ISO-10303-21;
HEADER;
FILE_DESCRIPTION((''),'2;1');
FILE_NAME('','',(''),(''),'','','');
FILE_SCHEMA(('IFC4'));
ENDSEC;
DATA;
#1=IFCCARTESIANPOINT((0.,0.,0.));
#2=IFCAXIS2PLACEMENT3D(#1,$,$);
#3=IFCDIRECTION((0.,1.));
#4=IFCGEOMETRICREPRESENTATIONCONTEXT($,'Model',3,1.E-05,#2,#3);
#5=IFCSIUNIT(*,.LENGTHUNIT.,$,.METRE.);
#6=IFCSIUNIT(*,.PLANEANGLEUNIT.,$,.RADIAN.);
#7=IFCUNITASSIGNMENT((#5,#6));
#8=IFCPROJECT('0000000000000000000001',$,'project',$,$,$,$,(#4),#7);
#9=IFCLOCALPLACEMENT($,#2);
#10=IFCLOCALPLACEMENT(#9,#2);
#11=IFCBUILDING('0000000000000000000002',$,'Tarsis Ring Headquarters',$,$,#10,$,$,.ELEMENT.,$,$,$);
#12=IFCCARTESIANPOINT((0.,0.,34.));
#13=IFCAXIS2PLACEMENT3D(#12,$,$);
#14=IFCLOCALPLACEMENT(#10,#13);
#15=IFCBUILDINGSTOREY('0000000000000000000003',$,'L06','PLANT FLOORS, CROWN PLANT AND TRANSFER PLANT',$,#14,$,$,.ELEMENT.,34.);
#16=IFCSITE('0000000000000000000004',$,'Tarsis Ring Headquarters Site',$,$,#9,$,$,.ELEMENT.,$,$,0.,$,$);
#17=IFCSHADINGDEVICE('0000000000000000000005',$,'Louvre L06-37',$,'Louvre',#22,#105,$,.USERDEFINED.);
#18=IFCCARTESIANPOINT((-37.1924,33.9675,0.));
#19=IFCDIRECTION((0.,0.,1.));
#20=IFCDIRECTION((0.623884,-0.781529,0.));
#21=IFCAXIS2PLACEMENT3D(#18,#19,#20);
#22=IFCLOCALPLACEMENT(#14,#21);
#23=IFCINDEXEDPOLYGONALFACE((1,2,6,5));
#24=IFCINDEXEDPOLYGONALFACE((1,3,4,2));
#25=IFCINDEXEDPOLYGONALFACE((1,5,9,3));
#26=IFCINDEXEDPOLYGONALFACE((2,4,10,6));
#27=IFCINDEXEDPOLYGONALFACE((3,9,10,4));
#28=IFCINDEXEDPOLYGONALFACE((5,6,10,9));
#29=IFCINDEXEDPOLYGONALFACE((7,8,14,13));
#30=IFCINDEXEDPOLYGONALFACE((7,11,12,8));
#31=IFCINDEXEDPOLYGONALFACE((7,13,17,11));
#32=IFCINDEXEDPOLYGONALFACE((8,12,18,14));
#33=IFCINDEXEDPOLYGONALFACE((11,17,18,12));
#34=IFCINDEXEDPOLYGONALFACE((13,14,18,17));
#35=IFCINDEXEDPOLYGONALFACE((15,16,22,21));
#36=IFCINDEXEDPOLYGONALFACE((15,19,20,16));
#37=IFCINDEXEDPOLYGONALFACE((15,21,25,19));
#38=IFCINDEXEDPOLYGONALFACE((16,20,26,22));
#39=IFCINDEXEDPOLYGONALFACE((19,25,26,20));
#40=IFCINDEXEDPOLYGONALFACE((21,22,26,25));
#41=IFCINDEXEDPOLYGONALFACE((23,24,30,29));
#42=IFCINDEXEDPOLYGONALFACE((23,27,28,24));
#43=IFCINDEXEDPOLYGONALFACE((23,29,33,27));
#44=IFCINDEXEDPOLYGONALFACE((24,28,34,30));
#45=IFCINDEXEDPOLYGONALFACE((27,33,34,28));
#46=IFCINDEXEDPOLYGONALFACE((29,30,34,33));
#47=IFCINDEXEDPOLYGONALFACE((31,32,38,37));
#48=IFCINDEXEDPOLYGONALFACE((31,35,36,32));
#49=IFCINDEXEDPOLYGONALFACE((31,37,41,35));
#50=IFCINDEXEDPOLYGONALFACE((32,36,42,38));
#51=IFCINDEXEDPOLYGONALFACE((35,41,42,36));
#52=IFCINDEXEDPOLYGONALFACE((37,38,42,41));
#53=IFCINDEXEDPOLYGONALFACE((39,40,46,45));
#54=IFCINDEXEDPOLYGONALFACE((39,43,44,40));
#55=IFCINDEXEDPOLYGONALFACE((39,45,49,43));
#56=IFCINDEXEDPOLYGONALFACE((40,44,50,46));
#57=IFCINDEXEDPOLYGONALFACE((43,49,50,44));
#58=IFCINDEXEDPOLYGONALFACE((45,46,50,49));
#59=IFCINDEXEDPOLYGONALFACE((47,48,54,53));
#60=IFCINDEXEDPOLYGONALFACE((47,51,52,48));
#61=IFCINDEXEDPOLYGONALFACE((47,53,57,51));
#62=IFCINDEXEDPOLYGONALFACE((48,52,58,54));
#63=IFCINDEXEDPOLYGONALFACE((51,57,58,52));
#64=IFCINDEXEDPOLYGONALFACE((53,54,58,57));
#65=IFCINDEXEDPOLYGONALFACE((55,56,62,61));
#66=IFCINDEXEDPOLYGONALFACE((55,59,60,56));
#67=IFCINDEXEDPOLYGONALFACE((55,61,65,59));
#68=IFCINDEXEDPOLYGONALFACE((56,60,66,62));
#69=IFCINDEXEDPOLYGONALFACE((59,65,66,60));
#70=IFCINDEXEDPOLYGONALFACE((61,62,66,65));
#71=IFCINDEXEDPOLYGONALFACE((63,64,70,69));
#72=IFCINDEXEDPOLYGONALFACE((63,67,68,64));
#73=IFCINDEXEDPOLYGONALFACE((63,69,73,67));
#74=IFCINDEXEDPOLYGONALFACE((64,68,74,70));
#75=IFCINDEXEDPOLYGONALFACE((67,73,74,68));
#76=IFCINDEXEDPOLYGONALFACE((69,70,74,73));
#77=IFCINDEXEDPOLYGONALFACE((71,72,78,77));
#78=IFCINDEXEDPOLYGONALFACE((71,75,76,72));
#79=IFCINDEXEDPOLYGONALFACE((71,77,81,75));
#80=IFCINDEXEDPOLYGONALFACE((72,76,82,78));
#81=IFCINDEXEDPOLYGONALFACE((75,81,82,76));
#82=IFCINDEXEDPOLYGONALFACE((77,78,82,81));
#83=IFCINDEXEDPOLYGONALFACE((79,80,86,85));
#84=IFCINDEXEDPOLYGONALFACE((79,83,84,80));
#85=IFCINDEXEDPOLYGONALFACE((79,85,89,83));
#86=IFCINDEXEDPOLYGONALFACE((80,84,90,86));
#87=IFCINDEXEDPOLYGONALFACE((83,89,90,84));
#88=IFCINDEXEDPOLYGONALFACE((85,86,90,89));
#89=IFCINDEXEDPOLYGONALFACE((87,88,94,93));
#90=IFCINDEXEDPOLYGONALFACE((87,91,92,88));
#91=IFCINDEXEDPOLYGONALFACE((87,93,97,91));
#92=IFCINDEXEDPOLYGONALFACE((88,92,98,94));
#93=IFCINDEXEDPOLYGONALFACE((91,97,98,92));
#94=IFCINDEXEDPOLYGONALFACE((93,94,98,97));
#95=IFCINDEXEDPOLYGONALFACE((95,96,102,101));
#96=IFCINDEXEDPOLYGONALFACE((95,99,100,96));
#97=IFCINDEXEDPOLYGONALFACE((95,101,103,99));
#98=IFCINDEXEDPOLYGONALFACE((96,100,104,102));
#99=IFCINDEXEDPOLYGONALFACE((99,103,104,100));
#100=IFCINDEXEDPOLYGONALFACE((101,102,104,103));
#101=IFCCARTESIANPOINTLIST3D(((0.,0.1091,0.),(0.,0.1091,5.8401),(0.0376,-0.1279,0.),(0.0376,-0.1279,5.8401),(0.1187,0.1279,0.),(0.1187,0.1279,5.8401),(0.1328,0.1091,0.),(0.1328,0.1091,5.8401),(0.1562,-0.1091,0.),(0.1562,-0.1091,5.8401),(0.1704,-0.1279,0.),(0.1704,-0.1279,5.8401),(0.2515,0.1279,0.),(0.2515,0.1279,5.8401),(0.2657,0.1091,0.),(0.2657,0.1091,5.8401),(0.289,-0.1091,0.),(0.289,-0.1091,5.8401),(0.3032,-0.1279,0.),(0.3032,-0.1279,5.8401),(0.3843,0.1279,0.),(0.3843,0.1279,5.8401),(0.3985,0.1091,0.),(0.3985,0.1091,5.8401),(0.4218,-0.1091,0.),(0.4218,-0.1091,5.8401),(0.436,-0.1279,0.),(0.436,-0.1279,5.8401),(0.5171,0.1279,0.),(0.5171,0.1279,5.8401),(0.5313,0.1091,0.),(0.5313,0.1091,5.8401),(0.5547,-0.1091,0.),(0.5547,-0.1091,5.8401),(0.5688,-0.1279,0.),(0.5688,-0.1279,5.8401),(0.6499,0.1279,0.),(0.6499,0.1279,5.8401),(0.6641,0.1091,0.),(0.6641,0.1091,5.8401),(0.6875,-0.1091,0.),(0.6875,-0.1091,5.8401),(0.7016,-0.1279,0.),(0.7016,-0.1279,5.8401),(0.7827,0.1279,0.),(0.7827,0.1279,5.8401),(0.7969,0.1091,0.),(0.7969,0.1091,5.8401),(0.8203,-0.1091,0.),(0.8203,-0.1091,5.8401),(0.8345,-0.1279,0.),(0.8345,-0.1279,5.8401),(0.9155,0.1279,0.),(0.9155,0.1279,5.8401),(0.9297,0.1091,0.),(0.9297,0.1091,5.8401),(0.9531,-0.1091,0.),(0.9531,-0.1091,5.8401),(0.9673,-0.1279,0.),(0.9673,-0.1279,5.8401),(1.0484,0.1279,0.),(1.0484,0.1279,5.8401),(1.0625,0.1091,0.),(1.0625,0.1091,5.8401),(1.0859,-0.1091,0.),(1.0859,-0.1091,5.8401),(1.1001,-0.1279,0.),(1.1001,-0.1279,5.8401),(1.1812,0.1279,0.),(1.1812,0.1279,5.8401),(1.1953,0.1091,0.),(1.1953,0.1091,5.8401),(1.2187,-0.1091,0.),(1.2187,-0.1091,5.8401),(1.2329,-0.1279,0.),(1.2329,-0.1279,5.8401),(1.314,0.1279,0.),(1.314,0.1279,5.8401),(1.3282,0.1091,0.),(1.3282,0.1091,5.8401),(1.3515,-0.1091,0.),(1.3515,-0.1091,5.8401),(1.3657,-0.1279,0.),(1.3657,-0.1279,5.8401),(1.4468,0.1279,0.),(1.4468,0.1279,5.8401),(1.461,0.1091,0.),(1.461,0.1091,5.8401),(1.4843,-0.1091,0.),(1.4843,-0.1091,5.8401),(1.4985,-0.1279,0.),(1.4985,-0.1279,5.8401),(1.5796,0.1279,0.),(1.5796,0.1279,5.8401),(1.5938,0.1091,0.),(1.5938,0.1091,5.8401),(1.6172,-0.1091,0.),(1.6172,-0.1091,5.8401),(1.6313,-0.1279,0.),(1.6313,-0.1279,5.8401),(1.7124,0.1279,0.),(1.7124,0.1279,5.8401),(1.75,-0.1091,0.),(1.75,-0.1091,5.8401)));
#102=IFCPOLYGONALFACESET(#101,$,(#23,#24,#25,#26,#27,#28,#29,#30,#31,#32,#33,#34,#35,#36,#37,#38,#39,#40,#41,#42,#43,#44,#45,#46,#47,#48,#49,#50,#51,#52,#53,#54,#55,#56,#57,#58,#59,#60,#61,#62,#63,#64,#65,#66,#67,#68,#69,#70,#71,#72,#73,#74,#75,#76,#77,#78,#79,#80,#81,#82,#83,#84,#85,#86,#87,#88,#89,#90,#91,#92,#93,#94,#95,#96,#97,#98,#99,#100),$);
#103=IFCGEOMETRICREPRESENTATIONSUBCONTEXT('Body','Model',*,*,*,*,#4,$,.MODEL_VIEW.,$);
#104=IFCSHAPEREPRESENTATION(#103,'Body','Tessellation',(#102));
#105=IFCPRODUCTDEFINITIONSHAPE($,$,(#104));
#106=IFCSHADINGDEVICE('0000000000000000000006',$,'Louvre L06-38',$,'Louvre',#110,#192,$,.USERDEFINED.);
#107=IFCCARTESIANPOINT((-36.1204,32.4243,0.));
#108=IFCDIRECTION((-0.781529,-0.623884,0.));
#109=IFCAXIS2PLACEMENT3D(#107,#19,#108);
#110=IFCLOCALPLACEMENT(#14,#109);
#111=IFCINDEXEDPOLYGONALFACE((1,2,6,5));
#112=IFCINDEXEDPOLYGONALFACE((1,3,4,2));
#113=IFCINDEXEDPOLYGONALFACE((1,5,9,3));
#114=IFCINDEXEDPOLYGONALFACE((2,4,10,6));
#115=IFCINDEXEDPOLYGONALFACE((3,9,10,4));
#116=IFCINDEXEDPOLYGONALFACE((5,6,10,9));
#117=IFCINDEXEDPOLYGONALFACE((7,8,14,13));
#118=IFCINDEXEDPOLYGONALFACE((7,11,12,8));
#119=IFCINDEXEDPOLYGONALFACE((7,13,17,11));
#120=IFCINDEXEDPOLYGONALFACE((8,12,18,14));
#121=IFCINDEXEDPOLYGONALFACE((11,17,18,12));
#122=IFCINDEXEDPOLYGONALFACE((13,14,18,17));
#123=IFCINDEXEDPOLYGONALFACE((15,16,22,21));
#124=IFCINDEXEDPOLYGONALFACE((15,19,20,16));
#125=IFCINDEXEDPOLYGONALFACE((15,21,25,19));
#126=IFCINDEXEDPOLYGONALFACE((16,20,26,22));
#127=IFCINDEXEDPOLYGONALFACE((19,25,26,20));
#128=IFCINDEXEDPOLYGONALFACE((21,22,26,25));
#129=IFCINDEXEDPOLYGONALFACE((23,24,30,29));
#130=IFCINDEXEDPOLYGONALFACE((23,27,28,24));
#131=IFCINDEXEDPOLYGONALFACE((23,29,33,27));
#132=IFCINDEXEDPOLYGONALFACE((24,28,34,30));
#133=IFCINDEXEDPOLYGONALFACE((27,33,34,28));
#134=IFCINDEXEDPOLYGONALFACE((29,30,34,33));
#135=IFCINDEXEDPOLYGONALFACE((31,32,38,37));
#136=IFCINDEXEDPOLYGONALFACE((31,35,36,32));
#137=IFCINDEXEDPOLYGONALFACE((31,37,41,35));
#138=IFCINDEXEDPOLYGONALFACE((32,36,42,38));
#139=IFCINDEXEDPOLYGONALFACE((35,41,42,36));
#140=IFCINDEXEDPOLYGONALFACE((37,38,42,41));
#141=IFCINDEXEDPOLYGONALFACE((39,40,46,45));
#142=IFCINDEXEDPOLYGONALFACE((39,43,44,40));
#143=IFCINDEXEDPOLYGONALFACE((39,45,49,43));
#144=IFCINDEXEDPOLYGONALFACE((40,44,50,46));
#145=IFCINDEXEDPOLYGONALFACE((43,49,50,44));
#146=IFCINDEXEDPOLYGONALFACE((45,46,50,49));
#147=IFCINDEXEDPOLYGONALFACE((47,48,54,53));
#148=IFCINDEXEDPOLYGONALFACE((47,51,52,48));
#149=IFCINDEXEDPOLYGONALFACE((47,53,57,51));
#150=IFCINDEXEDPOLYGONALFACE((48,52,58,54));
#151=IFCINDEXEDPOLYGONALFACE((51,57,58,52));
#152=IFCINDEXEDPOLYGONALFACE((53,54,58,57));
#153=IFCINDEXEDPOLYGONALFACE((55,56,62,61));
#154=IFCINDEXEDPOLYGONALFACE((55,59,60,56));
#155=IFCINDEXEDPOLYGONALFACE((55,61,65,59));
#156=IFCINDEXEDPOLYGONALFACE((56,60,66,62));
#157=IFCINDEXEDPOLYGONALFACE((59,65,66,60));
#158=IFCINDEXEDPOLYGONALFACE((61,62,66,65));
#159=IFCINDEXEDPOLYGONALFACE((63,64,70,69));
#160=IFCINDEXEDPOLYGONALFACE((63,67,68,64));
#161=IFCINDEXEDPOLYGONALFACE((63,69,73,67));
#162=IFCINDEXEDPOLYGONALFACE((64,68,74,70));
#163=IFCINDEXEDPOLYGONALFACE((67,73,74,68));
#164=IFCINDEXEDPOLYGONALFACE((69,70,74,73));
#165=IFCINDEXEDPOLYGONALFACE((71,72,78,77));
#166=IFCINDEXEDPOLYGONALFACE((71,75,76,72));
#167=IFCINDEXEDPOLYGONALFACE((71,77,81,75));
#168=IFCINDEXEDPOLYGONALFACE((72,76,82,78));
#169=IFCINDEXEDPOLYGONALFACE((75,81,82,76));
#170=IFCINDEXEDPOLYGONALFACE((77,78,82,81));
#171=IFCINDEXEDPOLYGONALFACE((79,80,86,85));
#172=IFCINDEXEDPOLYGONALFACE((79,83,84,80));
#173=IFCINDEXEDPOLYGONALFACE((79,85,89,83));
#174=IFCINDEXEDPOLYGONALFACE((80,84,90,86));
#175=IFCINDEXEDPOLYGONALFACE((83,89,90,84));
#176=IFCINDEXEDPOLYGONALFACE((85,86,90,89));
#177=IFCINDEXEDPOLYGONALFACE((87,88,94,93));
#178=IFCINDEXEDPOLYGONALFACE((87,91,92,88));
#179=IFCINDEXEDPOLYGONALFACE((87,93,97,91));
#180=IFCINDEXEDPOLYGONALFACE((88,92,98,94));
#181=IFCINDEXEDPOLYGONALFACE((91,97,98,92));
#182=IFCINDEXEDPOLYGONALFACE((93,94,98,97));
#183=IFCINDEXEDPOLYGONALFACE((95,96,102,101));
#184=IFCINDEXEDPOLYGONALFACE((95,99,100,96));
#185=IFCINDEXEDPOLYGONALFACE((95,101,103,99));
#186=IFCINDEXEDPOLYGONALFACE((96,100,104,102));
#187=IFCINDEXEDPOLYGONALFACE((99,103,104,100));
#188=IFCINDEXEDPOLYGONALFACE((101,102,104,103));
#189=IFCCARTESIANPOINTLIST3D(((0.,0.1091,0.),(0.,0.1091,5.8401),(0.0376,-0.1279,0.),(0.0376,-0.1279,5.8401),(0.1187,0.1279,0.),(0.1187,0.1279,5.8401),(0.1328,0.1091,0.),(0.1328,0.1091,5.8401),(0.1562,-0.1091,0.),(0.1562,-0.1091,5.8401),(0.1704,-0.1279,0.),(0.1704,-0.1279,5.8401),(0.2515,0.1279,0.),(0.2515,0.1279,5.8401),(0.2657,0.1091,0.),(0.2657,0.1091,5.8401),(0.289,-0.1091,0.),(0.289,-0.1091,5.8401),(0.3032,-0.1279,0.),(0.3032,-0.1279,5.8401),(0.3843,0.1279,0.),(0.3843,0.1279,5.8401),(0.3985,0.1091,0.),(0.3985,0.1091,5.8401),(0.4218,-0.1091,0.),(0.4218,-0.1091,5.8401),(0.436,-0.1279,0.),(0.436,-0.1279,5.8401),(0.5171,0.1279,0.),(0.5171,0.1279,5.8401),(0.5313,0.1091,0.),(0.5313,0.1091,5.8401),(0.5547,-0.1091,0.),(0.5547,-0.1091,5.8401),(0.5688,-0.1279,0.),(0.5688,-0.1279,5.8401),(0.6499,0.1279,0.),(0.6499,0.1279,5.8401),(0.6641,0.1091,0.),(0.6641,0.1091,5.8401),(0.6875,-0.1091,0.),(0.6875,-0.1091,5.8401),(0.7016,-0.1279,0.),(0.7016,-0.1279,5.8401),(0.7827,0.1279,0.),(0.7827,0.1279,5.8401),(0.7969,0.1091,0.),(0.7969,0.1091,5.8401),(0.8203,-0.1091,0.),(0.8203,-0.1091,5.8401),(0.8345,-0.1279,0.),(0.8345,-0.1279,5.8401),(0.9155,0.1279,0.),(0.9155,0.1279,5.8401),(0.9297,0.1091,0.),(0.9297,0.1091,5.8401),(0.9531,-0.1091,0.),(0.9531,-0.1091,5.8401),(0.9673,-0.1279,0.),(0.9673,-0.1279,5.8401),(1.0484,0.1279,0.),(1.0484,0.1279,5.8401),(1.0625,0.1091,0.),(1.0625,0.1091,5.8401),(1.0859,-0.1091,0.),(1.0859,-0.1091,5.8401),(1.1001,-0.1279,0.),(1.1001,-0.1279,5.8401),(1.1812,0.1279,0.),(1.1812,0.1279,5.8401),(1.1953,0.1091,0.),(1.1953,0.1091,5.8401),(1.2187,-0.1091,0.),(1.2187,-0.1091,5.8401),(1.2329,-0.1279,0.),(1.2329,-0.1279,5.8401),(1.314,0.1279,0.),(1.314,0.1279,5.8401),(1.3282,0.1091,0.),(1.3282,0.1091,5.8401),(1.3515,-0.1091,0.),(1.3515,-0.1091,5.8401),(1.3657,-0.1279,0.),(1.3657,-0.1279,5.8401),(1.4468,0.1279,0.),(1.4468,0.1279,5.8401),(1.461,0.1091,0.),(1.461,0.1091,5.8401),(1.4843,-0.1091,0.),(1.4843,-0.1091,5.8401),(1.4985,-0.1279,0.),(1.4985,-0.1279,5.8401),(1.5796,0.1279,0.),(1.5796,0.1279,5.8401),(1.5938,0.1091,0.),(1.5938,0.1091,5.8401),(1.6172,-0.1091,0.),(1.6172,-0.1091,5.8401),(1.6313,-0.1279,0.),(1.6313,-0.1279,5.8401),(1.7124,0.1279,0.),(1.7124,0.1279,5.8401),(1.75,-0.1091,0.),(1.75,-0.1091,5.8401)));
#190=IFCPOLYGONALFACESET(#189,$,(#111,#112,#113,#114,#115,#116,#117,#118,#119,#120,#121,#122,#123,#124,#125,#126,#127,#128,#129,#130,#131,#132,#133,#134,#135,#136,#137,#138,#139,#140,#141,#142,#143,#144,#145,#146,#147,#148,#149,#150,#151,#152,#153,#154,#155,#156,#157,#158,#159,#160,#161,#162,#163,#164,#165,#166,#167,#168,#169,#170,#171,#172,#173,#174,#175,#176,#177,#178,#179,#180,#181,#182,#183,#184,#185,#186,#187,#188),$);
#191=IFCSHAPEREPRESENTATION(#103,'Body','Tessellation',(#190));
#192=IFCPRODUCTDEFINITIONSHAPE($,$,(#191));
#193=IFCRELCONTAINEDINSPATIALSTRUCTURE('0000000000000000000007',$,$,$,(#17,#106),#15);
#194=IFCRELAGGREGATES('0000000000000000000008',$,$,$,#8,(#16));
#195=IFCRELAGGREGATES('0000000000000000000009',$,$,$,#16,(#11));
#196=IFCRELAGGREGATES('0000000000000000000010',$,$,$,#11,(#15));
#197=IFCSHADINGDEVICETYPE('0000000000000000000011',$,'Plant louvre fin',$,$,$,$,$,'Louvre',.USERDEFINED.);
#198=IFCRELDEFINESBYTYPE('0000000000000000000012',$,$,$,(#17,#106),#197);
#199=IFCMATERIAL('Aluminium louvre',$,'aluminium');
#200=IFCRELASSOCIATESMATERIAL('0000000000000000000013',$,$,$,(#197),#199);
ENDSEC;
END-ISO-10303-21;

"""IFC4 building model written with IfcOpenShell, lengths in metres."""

from ifc_helpers import new_model, si_unit, direction, frame, frame_2d, origin, place, context, subcontext, project, spatial, rectangle, composite_profile, extrude, material, type_object, element, save


model = new_model("IFC4")

# Units and contexts
model_context = context("Model", 3, precision=1e-05, world=origin(), true_north=direction((0.0, 1.0)))
body_context = subcontext(model_context, "Body", "Model", "MODEL_VIEW")
ifc_project = project(units=[si_unit("LENGTHUNIT", "METRE"), si_unit("PLANEANGLEUNIT", "RADIAN")], contexts=[model_context])

# Site, building, storey
site_placement = place(None, origin())
site = spatial("IfcSite", under=ifc_project, at=site_placement, Name="Tarsis Ring Headquarters Site", CompositionType="ELEMENT", RefElevation=0.0)
building_placement = place(site_placement, origin())
building = spatial("IfcBuilding", under=site, at=building_placement, Name="Tarsis Ring Headquarters", CompositionType="ELEMENT")
storey_placement = place(building_placement, frame((0.0, 0.0, 34.0)))
storey = spatial("IfcBuildingStorey", under=building, at=storey_placement, Name="L06", Description="PLANT FLOORS, CROWN PLANT AND TRANSFER PLANT", CompositionType="ELEMENT", Elevation=34.0)

# Shading devices
ifc_material_1 = material(Name="Aluminium louvre", Category="aluminium")
shading_device_type_1 = type_object("IfcShadingDeviceType", Name="Plant louvre fin", ElementType="Louvre", PredefinedType="USERDEFINED", material=ifc_material_1)
for number, where, z_axis, x_axis, name in (
    (1, (-37.1924, 33.9675, 0.0), (0.0, 0.0, 1.0), (0.623884, -0.781529, 0.0), "Louvre L06-37"),
    (2, (-36.1204, 32.4243, 0.0), (0.0, 0.0, 1.0), (-0.781529, -0.623884, 0.0), "Louvre L06-38"),
):
    element("IfcShadingDevice", number, at=place(storey_placement, frame(where, z_axis=z_axis, x_axis=x_axis)), inside=storey, type_object=shading_device_type_1, Name=name, ObjectType="Louvre", PredefinedType="USERDEFINED", context=body_context, shape_type="SweptSolid", body=[
        extrude(composite_profile([rectangle(XDim=0.1201, YDim=0.24, at=frame_2d((0.0781, 0.0), x_axis=(0.987688, 0.156434))), rectangle(XDim=0.1201, YDim=0.24, at=frame_2d((0.2109, 0.0), x_axis=(0.987688, 0.156434))), rectangle(XDim=0.1201, YDim=0.24, at=frame_2d((0.3438, 0.0), x_axis=(0.987688, 0.156434))), rectangle(XDim=0.1201, YDim=0.24, at=frame_2d((0.4766, 0.0), x_axis=(0.987688, 0.156434))), rectangle(XDim=0.1201, YDim=0.24, at=frame_2d((0.6094, 0.0), x_axis=(0.987688, 0.156434))), rectangle(XDim=0.1201, YDim=0.24, at=frame_2d((0.7422, 0.0), x_axis=(0.987688, 0.156434))), rectangle(XDim=0.1201, YDim=0.24, at=frame_2d((0.875, 0.0), x_axis=(0.987688, 0.156434))), rectangle(XDim=0.1201, YDim=0.24, at=frame_2d((1.0078, 0.0), x_axis=(0.987688, 0.156434))), rectangle(XDim=0.1201, YDim=0.24, at=frame_2d((1.1406, 0.0), x_axis=(0.987688, 0.156434))), rectangle(XDim=0.1201, YDim=0.24, at=frame_2d((1.2734, 0.0), x_axis=(0.987688, 0.156434))), rectangle(XDim=0.1201, YDim=0.24, at=frame_2d((1.4062, 0.0), x_axis=(0.987688, 0.156434))), rectangle(XDim=0.1201, YDim=0.24, at=frame_2d((1.5391, 0.0), x_axis=(0.987688, 0.156434))), rectangle(XDim=0.1201, YDim=0.24, at=frame_2d((1.6719, 0.0), x_axis=(0.987688, 0.156434)))]), origin(), (0.0, 0.0, 1.0), 5.8401),
    ])

save(model, "model.ifc")
